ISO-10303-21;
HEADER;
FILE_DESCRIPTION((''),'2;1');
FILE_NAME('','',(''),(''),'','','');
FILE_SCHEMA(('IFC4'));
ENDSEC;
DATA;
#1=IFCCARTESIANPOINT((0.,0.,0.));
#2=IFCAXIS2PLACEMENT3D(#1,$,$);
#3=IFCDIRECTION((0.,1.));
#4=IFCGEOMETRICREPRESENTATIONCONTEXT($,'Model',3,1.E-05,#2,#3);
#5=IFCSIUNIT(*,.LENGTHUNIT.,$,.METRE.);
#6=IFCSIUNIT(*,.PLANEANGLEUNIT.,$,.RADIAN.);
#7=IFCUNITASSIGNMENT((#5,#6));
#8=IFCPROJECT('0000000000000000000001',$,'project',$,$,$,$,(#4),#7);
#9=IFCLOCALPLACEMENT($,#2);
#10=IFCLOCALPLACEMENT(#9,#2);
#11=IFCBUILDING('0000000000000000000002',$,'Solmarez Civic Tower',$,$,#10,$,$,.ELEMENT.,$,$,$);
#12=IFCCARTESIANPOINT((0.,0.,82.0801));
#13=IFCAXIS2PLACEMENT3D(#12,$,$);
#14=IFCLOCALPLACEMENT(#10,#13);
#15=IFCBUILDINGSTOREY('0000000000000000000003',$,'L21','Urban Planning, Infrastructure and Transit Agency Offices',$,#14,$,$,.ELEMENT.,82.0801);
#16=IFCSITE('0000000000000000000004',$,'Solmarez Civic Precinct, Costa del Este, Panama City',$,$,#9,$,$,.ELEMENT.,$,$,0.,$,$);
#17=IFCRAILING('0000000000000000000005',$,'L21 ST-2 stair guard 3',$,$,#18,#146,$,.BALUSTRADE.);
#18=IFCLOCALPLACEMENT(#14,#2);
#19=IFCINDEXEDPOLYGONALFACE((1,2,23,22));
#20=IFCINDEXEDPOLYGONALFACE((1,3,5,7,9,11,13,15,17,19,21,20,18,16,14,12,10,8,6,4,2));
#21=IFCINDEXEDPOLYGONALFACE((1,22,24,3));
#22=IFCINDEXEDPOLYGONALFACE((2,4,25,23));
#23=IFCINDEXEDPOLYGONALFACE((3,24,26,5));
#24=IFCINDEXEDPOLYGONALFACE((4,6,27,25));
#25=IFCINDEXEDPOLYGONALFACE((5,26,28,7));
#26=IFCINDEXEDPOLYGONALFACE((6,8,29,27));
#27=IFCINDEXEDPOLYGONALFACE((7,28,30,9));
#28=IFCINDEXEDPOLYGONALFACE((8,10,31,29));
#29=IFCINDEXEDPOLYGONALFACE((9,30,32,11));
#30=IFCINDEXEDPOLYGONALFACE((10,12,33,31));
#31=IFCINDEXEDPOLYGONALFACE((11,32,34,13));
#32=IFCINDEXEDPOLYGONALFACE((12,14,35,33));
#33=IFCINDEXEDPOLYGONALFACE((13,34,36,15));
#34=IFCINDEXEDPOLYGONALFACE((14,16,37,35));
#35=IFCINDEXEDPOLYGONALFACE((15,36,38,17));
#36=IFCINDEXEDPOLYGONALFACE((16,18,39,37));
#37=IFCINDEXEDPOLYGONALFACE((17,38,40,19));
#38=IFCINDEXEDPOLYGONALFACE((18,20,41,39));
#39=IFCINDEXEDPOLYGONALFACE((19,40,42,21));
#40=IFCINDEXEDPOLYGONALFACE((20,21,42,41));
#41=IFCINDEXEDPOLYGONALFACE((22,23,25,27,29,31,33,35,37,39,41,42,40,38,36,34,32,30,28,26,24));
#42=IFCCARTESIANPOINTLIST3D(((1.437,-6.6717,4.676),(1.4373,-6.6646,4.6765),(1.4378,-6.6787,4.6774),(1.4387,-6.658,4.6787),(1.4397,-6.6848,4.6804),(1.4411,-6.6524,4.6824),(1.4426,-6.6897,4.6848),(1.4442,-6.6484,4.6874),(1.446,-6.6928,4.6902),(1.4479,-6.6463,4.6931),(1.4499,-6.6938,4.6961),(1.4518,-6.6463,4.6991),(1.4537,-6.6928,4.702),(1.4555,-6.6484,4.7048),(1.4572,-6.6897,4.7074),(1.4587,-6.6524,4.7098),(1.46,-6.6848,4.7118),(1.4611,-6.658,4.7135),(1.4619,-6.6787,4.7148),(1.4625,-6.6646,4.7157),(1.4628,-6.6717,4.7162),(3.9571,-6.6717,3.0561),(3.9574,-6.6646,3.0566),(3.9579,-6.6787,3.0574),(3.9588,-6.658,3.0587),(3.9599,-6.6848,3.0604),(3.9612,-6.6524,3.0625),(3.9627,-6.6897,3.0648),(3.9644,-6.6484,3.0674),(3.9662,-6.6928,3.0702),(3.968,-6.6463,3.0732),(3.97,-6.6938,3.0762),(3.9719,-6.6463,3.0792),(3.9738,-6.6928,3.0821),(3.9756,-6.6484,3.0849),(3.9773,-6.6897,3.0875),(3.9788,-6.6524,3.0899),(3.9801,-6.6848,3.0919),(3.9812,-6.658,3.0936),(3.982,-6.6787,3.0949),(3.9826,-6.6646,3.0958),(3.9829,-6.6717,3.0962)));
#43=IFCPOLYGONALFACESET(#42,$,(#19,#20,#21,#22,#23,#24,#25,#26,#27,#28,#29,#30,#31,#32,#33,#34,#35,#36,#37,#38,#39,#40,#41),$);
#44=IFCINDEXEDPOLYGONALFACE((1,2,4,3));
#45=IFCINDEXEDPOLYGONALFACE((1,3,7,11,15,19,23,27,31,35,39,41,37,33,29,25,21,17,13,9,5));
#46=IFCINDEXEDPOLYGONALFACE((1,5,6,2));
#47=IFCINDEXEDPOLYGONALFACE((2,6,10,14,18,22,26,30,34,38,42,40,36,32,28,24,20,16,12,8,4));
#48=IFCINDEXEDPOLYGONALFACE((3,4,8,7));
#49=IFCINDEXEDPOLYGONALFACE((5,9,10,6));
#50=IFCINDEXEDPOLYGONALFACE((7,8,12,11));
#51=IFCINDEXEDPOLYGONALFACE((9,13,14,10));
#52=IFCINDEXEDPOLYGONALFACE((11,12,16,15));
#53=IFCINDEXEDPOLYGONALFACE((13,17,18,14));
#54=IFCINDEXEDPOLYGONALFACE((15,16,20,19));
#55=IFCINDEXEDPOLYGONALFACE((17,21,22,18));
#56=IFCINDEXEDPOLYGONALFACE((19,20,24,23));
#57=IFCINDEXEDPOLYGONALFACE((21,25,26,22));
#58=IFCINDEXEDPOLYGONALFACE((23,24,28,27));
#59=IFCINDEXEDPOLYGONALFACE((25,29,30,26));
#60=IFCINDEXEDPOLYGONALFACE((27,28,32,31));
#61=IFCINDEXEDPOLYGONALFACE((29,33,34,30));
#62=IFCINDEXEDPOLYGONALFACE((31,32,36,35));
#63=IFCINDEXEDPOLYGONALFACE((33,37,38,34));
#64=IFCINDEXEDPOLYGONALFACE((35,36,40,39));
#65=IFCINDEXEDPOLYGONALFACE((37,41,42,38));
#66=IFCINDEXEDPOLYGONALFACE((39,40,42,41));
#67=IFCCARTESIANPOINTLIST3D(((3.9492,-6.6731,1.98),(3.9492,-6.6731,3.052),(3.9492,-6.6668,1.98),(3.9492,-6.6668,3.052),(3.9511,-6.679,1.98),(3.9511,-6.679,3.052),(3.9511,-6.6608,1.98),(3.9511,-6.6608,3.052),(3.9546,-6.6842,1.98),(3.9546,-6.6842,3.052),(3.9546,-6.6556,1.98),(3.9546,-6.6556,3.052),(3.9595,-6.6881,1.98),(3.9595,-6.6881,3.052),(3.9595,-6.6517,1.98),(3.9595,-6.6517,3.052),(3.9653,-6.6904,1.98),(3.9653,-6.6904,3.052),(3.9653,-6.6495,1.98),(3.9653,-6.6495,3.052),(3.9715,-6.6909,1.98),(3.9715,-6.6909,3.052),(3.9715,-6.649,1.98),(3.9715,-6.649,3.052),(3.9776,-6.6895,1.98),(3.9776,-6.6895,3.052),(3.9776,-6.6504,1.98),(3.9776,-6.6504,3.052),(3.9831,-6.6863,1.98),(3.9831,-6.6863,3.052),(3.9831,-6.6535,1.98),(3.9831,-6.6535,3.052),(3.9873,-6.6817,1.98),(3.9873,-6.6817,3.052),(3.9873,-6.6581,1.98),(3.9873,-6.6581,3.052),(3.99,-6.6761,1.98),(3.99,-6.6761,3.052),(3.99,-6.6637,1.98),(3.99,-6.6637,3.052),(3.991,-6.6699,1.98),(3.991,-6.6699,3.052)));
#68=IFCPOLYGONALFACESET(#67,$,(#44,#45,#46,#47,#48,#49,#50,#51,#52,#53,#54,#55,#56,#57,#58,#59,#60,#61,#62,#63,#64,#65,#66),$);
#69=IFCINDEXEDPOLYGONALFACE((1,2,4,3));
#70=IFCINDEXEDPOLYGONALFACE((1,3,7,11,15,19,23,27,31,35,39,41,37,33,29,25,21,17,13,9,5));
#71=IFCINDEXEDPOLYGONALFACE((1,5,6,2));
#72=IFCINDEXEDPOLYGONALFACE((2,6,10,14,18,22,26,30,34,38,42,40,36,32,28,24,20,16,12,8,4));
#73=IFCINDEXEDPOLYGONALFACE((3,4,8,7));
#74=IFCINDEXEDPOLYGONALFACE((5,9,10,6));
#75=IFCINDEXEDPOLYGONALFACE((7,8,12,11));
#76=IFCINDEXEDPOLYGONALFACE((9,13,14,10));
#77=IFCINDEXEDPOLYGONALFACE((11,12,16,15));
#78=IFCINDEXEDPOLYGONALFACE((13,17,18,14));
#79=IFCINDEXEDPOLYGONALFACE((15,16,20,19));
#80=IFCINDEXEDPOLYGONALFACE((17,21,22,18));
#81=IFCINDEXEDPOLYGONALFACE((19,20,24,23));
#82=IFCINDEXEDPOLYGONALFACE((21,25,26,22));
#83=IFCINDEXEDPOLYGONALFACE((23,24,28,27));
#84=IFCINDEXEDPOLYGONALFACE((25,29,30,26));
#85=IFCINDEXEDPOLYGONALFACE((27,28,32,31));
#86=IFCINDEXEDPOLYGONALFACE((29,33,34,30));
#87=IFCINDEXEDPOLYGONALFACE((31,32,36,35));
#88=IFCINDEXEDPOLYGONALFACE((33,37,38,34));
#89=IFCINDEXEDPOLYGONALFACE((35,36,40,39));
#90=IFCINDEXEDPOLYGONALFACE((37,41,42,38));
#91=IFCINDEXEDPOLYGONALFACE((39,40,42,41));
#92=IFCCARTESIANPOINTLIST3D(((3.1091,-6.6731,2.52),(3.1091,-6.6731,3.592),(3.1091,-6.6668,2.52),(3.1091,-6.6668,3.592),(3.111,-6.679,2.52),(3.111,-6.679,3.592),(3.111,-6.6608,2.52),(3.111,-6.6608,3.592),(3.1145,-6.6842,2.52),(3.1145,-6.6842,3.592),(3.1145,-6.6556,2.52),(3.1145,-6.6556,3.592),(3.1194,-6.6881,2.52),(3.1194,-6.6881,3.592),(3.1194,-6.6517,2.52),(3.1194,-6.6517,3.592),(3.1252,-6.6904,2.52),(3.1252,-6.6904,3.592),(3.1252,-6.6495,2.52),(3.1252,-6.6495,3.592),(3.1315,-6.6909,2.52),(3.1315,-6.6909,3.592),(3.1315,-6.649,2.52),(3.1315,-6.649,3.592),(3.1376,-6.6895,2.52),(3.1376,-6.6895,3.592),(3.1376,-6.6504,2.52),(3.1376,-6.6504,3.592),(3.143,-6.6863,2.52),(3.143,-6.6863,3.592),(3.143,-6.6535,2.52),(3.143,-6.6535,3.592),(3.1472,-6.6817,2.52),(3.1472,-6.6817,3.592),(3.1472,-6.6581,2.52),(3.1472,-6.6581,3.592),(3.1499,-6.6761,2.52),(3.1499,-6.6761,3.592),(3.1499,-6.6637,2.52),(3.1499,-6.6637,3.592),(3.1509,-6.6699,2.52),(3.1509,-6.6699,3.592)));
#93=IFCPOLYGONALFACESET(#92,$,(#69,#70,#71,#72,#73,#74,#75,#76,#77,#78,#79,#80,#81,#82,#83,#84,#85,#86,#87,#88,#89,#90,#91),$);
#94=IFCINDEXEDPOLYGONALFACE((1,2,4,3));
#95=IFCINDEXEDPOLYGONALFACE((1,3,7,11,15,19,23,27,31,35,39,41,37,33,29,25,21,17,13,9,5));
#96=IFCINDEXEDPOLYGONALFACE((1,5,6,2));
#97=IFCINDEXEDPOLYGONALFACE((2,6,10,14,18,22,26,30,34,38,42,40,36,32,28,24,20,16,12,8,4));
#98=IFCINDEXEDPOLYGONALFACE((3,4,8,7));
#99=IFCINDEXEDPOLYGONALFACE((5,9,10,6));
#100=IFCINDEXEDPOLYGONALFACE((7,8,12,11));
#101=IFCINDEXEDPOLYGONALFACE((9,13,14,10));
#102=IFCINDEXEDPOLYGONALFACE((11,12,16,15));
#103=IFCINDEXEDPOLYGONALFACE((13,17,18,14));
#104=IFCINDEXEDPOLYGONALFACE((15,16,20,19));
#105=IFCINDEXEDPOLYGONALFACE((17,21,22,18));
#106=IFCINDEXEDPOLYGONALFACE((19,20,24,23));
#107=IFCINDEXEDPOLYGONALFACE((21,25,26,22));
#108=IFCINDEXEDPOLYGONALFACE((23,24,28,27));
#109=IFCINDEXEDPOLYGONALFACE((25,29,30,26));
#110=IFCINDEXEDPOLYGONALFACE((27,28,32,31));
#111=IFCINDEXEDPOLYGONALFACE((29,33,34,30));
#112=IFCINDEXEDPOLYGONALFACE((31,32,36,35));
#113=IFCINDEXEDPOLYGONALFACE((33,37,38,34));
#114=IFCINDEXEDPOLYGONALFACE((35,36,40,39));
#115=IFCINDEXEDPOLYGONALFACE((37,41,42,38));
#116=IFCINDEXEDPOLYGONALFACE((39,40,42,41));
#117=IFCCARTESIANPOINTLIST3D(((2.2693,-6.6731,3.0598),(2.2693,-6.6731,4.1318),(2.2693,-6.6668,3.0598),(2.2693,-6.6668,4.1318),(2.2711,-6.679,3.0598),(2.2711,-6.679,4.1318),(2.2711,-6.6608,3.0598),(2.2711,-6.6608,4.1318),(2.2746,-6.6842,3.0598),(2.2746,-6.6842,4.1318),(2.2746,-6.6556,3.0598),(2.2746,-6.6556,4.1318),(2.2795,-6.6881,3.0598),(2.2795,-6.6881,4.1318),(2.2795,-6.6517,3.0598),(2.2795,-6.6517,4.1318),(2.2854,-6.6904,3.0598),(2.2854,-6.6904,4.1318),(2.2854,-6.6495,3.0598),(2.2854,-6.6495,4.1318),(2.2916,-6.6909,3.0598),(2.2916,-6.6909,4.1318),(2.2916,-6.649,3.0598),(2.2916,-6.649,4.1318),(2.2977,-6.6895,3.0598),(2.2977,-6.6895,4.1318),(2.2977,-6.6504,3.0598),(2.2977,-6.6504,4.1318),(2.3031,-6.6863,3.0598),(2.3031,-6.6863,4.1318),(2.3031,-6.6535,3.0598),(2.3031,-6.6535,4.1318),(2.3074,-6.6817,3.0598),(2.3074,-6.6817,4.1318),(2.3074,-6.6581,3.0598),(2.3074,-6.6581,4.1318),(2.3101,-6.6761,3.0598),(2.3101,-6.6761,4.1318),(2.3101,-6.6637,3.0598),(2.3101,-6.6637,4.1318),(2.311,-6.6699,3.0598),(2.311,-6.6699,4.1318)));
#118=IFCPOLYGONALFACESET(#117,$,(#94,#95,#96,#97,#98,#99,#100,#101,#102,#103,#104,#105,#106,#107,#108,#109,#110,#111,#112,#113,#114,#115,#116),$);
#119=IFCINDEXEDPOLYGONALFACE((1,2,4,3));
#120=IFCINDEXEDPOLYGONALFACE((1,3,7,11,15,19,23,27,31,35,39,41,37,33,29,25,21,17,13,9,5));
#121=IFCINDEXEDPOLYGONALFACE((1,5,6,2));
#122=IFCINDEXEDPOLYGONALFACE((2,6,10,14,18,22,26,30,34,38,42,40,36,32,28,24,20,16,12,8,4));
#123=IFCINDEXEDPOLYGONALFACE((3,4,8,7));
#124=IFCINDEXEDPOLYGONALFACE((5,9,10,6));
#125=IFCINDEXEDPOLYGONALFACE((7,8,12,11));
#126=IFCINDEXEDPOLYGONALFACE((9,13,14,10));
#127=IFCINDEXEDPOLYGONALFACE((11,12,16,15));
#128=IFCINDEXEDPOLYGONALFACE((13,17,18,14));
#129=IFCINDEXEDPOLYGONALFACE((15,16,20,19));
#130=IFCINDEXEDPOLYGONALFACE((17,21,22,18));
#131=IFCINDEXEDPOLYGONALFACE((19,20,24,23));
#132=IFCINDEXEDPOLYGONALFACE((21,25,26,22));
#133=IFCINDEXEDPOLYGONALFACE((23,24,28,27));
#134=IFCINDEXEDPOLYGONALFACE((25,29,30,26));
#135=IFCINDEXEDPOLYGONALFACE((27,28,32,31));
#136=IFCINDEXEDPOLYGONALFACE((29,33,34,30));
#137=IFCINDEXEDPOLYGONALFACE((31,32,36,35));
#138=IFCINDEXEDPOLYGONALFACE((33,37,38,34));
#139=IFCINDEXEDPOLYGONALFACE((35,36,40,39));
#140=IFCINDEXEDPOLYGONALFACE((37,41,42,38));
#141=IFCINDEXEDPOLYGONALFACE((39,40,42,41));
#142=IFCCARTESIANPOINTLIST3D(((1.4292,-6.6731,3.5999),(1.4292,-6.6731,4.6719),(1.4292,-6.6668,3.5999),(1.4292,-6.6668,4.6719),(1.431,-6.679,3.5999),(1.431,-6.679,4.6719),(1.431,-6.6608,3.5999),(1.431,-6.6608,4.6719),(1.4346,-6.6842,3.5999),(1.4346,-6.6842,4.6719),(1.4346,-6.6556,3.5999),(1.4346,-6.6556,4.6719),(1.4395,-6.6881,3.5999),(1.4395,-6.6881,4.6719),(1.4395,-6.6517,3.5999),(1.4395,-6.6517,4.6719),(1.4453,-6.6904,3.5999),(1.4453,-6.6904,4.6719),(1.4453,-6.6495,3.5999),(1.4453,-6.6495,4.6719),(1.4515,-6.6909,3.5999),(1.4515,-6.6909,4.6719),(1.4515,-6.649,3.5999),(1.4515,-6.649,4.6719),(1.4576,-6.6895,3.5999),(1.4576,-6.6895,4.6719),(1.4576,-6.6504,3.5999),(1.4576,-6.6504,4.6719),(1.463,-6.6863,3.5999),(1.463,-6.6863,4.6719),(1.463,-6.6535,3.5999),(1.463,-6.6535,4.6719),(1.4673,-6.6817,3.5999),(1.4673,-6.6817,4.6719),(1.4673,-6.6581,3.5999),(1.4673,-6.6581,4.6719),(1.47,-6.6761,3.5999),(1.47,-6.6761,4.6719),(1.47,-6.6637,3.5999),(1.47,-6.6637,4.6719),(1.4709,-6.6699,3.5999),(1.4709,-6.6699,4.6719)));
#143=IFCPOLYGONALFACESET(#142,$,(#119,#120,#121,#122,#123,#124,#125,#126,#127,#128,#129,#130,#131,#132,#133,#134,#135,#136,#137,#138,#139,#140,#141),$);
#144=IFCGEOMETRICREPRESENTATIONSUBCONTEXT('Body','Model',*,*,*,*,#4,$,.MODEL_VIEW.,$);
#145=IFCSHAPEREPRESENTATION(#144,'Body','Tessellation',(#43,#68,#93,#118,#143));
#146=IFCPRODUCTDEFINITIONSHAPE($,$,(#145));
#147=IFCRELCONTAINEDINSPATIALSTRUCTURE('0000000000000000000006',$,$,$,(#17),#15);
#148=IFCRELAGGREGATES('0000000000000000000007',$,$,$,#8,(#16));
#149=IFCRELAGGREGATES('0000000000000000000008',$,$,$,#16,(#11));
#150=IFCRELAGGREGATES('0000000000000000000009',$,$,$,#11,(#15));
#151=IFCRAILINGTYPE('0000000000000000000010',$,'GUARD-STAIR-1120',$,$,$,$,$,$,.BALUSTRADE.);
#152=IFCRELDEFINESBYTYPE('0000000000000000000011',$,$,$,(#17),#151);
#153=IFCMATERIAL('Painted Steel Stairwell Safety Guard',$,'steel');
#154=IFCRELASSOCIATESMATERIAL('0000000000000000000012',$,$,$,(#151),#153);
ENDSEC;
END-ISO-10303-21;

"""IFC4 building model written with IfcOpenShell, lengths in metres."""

from ifc_helpers import new_model, si_unit, direction, frame, origin, origin_2d, place, context, subcontext, project, spatial, circle, extrude, material, type_object, element, save


model = new_model("IFC4")

# Units and contexts
model_context = context("Model", 3, precision=1e-05, world=origin(), true_north=direction((0.0, 1.0)))
body_context = subcontext(model_context, "Body", "Model", "MODEL_VIEW")
ifc_project = project(units=[si_unit("LENGTHUNIT", "METRE"), si_unit("PLANEANGLEUNIT", "RADIAN")], contexts=[model_context])

# Site, building, storey
site_placement = place(None, origin())
site = spatial("IfcSite", under=ifc_project, at=site_placement, Name="Solmarez Civic Precinct, Costa del Este, Panama City", CompositionType="ELEMENT", RefElevation=0.0)
building_placement = place(site_placement, origin())
building = spatial("IfcBuilding", under=site, at=building_placement, Name="Solmarez Civic Tower", CompositionType="ELEMENT")
storey_placement = place(building_placement, frame((0.0, 0.0, 82.0801)))
storey = spatial("IfcBuildingStorey", under=building, at=storey_placement, Name="L21", Description="Urban Planning, Infrastructure and Transit Agency Offices", CompositionType="ELEMENT", Elevation=82.0801)

# Railing
ifc_material_1 = material(Name="Painted Steel Stairwell Safety Guard", Category="steel")
railing_type_1 = type_object("IfcRailingType", Name="GUARD-STAIR-1120", PredefinedType="BALUSTRADE", material=ifc_material_1)
railing_1_placement = place(storey_placement, frame((3.97, -6.6699, 1.98)))
element("IfcRailing", 1, at=railing_1_placement, inside=storey, type_object=railing_type_1, Name="L21 ST-2 stair guard 3", PredefinedType="BALUSTRADE", context=body_context, shape_type="SweptSolid", body=[
    extrude(circle(Radius=0.0239, at=origin_2d()), frame((0.0, 0.0, 1.0962), z_axis=(-0.8412, 0.0, 0.540725), x_axis=(0.0, -1.0, 0.0)), (0.0, 0.0, 1.0), 2.9958),
    extrude(circle(Radius=0.021, at=origin_2d()), origin(), (0.0, 0.0, 1.0), 1.072),
    extrude(circle(Radius=0.021, at=origin_2d()), frame((-0.8401, 0.0, 0.54)), (0.0, 0.0, 1.0), 1.072),
    extrude(circle(Radius=0.021, at=origin_2d()), frame((-1.6799, 0.0, 1.0798)), (0.0, 0.0, 1.0), 1.072),
    extrude(circle(Radius=0.021, at=origin_2d()), frame((-2.52, 0.0, 1.6199)), (0.0, 0.0, 1.0), 1.072),
])

save(model, "model.ifc")
